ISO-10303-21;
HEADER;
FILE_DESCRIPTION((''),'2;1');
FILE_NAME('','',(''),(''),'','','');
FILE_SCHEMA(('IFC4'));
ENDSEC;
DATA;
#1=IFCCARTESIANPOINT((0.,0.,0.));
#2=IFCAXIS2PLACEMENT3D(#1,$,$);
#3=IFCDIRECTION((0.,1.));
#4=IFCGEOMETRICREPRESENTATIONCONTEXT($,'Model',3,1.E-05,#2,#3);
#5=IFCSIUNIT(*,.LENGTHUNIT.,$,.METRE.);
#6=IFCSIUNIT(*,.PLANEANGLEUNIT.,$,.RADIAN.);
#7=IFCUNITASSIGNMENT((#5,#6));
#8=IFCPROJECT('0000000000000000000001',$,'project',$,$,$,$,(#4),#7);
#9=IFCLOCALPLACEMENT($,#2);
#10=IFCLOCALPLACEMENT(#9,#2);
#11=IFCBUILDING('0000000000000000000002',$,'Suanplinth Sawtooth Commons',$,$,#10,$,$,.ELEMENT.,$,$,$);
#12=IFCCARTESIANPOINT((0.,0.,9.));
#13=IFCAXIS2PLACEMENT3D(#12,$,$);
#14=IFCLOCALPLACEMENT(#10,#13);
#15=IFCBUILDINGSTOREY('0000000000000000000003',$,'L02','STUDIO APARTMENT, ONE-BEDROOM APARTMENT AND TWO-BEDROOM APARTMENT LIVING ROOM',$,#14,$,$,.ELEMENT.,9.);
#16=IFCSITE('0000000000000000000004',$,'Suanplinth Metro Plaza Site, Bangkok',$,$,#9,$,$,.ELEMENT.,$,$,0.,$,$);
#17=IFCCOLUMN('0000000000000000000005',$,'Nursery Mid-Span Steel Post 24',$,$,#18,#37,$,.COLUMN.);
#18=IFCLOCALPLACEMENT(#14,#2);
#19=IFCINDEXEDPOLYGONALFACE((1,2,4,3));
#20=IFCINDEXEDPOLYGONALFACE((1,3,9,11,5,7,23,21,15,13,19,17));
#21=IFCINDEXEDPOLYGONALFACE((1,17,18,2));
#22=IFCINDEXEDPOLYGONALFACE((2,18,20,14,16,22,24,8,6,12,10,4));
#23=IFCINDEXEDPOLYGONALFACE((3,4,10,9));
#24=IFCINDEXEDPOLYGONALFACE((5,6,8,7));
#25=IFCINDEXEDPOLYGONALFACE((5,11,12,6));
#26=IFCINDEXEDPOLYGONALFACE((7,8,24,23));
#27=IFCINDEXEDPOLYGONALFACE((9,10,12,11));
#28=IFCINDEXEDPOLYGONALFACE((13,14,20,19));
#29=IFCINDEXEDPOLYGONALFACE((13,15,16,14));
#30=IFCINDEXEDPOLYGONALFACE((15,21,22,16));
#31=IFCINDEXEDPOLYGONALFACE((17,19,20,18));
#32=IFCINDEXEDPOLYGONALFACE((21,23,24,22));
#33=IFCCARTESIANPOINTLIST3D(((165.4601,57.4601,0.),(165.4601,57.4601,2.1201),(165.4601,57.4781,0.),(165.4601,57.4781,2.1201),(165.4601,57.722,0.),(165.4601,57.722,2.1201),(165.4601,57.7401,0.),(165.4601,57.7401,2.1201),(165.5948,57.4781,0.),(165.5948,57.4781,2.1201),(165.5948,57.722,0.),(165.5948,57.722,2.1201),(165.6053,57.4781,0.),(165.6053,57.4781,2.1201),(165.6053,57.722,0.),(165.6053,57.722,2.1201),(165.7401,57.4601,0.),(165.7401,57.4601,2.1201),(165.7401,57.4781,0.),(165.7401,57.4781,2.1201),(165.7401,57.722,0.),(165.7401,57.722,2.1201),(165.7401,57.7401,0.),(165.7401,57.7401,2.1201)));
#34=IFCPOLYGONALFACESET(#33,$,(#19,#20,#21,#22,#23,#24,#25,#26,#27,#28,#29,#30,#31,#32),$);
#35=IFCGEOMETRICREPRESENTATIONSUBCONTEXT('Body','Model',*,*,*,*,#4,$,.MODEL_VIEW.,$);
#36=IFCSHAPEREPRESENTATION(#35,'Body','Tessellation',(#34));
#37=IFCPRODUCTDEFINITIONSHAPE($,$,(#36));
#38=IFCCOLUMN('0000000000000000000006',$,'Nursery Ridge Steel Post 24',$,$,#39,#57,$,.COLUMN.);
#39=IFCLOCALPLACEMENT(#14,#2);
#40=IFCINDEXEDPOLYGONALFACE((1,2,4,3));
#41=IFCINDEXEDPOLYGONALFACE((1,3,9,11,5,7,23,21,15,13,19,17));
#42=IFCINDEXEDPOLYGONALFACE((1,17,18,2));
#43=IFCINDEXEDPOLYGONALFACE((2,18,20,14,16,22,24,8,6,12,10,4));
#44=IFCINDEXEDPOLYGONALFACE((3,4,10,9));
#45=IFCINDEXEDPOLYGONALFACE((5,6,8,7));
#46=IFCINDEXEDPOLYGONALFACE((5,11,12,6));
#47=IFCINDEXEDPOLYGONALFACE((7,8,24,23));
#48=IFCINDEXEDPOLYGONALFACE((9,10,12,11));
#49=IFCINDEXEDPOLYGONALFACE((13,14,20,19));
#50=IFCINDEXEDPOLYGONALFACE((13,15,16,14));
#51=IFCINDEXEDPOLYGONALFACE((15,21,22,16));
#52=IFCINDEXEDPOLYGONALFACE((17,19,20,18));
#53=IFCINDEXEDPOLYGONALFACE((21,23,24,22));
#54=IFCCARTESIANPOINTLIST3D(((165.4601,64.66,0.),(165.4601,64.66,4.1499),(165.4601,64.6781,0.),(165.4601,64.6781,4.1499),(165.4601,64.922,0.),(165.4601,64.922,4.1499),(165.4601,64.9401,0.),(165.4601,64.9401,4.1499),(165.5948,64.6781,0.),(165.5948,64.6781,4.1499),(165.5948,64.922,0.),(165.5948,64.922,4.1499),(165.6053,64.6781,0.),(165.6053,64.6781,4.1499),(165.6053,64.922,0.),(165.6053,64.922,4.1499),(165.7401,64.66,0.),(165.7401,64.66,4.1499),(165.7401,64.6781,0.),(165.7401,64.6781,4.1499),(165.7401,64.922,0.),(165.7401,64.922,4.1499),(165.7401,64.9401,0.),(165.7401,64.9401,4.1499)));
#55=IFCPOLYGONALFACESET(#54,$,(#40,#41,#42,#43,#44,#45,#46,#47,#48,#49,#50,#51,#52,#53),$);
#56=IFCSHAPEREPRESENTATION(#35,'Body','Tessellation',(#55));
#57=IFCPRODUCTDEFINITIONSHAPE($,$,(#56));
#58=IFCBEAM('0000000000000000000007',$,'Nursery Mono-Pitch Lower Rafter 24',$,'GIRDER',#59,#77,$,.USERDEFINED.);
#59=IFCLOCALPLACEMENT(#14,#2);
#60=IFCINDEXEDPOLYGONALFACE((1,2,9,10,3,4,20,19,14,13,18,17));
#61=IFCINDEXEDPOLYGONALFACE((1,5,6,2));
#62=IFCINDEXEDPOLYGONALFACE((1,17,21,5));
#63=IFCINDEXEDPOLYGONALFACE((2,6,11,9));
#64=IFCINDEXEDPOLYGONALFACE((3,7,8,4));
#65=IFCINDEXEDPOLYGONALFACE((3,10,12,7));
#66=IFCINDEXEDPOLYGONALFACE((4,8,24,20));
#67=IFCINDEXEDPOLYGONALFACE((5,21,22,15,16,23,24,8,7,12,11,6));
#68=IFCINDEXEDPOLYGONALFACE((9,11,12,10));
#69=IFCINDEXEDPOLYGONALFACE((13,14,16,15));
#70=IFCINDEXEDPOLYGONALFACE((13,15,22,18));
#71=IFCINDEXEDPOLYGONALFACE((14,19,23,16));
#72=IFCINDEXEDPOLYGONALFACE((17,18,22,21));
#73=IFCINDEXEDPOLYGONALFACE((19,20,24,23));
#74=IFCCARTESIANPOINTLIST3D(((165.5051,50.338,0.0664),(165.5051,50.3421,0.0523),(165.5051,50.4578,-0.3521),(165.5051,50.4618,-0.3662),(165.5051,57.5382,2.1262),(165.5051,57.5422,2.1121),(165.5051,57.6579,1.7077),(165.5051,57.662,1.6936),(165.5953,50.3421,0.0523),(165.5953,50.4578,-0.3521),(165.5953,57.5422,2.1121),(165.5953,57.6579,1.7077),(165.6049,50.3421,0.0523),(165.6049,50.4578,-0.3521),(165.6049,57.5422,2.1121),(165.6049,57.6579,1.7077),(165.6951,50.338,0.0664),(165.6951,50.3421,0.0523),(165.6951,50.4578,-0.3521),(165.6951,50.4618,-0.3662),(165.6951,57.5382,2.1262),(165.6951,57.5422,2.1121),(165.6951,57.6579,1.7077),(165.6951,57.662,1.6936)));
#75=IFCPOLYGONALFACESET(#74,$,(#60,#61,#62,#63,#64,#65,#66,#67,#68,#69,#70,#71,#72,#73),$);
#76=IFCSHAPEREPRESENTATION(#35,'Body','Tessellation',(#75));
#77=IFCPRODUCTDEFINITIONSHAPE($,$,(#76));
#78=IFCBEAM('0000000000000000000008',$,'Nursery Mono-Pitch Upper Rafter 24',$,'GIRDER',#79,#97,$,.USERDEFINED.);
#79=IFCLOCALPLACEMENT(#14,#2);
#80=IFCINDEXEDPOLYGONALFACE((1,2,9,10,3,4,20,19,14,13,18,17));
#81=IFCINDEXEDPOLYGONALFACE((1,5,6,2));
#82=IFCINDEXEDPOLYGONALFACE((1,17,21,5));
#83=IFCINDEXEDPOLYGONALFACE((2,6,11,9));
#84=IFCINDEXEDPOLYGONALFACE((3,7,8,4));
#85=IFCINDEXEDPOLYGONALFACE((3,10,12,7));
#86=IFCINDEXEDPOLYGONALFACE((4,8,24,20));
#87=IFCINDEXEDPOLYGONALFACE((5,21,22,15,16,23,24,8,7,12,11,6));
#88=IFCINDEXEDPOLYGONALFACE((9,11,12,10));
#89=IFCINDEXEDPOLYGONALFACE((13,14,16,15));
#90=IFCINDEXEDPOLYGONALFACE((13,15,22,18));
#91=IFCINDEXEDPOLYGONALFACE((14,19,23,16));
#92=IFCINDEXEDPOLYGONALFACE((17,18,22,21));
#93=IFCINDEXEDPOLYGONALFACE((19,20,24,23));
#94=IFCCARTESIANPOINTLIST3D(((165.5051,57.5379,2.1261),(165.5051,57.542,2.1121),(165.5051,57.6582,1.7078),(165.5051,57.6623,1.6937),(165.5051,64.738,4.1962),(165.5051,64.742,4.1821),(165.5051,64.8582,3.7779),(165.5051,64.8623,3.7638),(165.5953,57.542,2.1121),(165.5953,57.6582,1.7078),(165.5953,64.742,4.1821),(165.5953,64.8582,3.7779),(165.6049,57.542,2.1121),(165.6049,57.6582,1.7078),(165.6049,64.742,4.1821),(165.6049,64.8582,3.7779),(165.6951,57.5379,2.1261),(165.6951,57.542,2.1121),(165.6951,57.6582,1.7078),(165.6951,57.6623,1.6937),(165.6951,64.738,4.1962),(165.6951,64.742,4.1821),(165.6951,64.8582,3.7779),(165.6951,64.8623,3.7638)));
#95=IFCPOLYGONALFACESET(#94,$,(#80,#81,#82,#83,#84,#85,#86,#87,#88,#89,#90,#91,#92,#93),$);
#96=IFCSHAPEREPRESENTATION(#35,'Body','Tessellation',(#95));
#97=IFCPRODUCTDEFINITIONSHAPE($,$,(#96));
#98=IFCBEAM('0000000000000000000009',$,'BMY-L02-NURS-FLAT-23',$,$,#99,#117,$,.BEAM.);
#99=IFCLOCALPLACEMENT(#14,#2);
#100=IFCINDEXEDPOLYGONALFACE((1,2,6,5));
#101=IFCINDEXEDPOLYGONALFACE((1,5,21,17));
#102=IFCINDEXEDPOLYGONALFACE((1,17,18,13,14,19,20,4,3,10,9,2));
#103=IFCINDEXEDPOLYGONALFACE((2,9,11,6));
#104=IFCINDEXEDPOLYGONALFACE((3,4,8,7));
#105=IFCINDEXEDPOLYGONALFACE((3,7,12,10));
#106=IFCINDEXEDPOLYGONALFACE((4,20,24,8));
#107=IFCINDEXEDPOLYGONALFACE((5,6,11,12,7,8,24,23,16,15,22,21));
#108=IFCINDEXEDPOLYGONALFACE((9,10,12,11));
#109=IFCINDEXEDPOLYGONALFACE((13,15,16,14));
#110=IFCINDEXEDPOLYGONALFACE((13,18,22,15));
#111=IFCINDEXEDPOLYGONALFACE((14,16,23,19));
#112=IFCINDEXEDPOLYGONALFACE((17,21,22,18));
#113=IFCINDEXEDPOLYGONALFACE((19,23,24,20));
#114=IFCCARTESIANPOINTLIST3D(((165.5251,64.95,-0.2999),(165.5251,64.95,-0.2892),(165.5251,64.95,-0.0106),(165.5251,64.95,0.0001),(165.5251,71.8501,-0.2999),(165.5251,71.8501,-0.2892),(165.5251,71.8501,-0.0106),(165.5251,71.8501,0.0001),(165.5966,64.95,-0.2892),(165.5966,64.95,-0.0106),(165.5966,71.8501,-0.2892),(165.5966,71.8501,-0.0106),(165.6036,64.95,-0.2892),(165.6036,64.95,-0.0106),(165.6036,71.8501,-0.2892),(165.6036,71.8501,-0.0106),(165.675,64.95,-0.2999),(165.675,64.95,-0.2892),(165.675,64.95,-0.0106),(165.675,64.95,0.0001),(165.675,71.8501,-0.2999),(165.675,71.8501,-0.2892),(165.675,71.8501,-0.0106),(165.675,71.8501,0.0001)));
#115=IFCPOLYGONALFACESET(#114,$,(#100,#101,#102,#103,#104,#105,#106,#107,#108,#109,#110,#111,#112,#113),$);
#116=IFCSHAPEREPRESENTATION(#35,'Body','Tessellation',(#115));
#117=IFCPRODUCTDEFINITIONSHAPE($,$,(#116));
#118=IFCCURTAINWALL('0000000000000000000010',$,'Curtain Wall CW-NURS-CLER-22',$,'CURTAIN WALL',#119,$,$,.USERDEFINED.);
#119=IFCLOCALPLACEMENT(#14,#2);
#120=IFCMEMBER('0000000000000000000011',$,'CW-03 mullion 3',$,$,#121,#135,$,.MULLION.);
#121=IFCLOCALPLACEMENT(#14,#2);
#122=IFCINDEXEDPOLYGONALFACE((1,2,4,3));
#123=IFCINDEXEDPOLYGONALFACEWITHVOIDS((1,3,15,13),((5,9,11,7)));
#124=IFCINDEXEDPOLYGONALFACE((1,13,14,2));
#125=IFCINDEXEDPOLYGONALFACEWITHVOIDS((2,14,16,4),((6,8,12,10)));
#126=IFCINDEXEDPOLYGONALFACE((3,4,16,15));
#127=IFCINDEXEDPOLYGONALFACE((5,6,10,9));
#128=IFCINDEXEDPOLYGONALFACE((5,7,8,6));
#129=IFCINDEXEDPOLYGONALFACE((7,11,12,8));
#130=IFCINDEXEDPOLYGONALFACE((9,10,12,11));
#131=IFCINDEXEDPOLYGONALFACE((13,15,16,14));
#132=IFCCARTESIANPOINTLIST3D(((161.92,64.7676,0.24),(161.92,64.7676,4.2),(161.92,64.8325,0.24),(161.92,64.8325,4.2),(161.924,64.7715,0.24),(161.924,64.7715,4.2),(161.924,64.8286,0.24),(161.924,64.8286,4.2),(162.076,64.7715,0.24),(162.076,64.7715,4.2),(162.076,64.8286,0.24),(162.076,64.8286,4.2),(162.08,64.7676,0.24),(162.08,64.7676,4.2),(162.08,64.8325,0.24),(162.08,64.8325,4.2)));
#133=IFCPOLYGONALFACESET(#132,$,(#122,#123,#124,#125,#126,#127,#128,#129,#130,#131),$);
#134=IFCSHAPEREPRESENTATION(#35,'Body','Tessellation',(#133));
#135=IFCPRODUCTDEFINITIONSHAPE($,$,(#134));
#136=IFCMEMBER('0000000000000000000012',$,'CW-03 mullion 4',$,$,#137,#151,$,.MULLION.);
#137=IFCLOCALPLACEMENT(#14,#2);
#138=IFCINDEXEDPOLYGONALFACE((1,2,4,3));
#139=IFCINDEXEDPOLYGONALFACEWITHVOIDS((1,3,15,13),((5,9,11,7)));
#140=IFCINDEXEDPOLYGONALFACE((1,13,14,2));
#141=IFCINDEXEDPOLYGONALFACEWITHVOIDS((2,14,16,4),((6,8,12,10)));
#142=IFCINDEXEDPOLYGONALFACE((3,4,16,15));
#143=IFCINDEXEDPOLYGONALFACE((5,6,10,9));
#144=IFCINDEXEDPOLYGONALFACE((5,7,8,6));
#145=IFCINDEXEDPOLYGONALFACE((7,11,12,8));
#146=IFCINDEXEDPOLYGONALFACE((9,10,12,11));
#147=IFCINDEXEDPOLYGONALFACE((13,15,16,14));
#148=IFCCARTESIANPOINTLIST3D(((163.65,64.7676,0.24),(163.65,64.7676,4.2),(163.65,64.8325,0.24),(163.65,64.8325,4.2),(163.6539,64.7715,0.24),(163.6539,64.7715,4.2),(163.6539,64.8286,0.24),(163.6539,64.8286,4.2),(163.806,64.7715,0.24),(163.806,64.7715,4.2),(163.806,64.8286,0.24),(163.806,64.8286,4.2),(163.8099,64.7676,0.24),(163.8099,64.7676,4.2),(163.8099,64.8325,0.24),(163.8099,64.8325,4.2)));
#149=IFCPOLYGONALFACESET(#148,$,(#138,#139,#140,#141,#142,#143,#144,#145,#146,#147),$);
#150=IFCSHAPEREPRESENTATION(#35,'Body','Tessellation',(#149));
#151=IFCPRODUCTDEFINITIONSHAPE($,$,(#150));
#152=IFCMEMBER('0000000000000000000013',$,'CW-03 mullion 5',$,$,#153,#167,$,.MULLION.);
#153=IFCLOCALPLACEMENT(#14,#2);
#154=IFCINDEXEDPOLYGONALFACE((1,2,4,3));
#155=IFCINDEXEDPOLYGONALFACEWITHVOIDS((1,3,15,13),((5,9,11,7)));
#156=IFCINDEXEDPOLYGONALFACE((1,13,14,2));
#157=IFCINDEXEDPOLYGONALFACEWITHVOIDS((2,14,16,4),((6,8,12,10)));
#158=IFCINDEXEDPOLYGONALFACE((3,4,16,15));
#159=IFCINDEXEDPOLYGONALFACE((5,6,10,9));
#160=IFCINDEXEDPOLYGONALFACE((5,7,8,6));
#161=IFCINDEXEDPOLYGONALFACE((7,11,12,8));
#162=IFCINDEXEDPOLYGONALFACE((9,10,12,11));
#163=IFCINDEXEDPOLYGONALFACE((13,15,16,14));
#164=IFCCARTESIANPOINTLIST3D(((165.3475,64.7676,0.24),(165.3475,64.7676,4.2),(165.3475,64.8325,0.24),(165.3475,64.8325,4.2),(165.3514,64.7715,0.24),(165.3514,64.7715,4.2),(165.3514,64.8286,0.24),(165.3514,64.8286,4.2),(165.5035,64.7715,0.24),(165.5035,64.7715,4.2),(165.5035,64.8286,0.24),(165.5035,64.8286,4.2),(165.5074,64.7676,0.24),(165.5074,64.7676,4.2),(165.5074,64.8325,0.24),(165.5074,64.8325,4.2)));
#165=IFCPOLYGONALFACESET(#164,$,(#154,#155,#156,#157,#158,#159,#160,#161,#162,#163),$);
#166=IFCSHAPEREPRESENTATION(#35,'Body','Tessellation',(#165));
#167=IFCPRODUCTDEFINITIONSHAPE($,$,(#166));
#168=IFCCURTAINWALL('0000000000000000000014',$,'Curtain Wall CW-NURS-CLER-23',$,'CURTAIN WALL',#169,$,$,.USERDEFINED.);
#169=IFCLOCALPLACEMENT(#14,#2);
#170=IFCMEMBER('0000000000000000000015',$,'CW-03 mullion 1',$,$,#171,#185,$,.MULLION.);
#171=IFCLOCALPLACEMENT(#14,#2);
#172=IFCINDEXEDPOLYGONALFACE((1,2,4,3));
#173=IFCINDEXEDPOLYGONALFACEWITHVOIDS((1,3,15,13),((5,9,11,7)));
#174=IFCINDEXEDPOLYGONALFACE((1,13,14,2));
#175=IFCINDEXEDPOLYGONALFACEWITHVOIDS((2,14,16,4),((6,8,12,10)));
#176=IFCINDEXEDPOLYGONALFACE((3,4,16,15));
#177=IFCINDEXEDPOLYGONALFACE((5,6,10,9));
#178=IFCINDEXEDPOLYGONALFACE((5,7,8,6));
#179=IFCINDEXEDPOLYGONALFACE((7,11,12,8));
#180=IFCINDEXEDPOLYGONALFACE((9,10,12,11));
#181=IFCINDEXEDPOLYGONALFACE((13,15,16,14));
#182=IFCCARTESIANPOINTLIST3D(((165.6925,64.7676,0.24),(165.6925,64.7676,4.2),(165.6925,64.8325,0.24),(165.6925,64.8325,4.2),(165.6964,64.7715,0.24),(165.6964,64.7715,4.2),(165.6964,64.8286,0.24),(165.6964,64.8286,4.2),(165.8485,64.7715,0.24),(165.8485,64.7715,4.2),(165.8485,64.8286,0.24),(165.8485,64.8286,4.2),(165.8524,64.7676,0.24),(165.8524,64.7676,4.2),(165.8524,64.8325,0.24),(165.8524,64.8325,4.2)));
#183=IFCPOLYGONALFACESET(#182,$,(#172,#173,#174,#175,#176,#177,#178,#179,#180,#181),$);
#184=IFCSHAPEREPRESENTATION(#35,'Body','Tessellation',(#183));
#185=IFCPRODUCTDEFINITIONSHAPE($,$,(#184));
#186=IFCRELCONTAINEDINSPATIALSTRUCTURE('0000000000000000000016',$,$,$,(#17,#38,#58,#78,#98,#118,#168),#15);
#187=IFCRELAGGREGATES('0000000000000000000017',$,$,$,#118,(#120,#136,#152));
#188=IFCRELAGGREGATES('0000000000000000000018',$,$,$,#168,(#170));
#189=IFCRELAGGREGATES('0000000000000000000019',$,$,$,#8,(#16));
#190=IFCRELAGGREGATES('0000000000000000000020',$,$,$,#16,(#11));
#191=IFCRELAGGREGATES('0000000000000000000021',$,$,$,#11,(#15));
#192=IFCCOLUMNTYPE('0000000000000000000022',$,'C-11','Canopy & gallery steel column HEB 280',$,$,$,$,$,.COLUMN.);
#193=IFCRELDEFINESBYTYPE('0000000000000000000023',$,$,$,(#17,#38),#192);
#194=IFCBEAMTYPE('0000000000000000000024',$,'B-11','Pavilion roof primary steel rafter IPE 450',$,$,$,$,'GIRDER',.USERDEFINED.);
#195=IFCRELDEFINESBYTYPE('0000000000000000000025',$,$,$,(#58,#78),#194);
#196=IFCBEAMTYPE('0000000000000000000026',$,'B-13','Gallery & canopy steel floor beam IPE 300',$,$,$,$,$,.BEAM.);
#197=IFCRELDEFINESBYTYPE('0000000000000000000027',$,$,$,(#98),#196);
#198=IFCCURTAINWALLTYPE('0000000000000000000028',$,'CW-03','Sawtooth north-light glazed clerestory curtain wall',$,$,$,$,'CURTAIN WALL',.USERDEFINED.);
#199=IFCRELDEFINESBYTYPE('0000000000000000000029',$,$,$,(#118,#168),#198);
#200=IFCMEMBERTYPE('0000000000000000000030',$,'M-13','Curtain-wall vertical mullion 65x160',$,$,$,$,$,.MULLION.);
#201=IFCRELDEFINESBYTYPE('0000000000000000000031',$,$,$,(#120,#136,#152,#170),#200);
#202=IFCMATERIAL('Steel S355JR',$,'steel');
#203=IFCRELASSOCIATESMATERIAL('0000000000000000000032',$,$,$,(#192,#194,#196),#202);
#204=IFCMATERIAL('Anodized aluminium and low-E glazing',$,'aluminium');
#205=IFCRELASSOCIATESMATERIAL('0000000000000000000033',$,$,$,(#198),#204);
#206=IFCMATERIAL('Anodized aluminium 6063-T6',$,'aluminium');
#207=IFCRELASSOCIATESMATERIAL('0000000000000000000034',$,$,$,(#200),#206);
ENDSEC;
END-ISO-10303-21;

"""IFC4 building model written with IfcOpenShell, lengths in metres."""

from ifc_helpers import new_model, si_unit, direction, frame, origin, origin_2d, place, context, subcontext, project, spatial, hollow_rectangle, i_section, extrude, material, material_profile, profile_set, type_object, element, aggregate, save


model = new_model("IFC4")

# Units and contexts
model_context = context("Model", 3, precision=1e-05, world=origin(), true_north=direction((0.0, 1.0)))
body_context = subcontext(model_context, "Body", "Model", "MODEL_VIEW")
ifc_project = project(units=[si_unit("LENGTHUNIT", "METRE"), si_unit("PLANEANGLEUNIT", "RADIAN")], contexts=[model_context])

# Site, building, storey
site_placement = place(None, origin())
site = spatial("IfcSite", under=ifc_project, at=site_placement, Name="Suanplinth Metro Plaza Site, Bangkok", CompositionType="ELEMENT", RefElevation=0.0)
building_placement = place(site_placement, origin())
building = spatial("IfcBuilding", under=site, at=building_placement, Name="Suanplinth Sawtooth Commons", CompositionType="ELEMENT")
storey_placement = place(building_placement, frame((0.0, 0.0, 9.0)))
storey = spatial("IfcBuildingStorey", under=building, at=storey_placement, Name="L02", Description="STUDIO APARTMENT, ONE-BEDROOM APARTMENT AND TWO-BEDROOM APARTMENT LIVING ROOM", CompositionType="ELEMENT", Elevation=9.0)

# Columns
ifc_material_1 = material(Name="Steel S355JR", Category="steel")
ifc_material_profile_1 = material_profile(ifc_material_1, i_section(OverallWidth=0.28, OverallDepth=0.28, WebThickness=0.0105, FlangeThickness=0.0181, at=origin_2d()), Name="HEB 280")
ifc_profile_set_1 = profile_set([ifc_material_profile_1], Name="Steel S355JR")
column_type = type_object("IfcColumnType", Name="C-11", Description="Canopy & gallery steel column HEB 280", PredefinedType="COLUMN", material=ifc_profile_set_1)
column_1_placement = place(storey_placement, frame((165.6001, 57.6001, 0.0), z_axis=(0.0, 0.0, 1.0), x_axis=(1.0, 0.0, 0.0)))
element("IfcColumn", 1, at=column_1_placement, inside=storey, type_object=column_type, Name="Nursery Mid-Span Steel Post 24", PredefinedType="COLUMN", context=body_context, shape_type="SweptSolid", body=[
    extrude(i_section(OverallWidth=0.28, OverallDepth=0.28, WebThickness=0.0105, FlangeThickness=0.0181, at=origin_2d()), origin(), (0.0, 0.0, 1.0), 2.1201),
])
column_2_placement = place(storey_placement, frame((165.6001, 64.8, 0.0), z_axis=(0.0, 0.0, 1.0), x_axis=(1.0, 0.0, 0.0)))
element("IfcColumn", 2, at=column_2_placement, inside=storey, type_object=column_type, Name="Nursery Ridge Steel Post 24", PredefinedType="COLUMN", context=body_context, shape_type="SweptSolid", body=[
    extrude(i_section(OverallWidth=0.28, OverallDepth=0.28, WebThickness=0.0105, FlangeThickness=0.0181, at=origin_2d()), origin(), (0.0, 0.0, 1.0), 4.1499),
])

# Beams
ifc_material_profile_2 = material_profile(ifc_material_1, i_section(OverallWidth=0.1899, OverallDepth=0.45, WebThickness=0.0095, FlangeThickness=0.0146, at=origin_2d()), Name="IPE 450")
ifc_profile_set_2 = profile_set([ifc_material_profile_2], Name="Steel S355JR")
beam_type_1 = type_object("IfcBeamType", Name="B-11", Description="Pavilion roof primary steel rafter IPE 450", ElementType="GIRDER", PredefinedType="USERDEFINED", material=ifc_profile_set_2)
beam_1_placement = place(storey_placement, frame((165.6001, 50.3999, -0.1499), z_axis=(0.0, 0.961432, 0.275044), x_axis=(-1.0, 0.0, 0.0)))
element("IfcBeam", 3, at=beam_1_placement, inside=storey, type_object=beam_type_1, Name="Nursery Mono-Pitch Lower Rafter 24", ObjectType="GIRDER", PredefinedType="USERDEFINED", context=body_context, shape_type="SweptSolid", body=[
    extrude(i_section(OverallWidth=0.1899, OverallDepth=0.45, WebThickness=0.0095, FlangeThickness=0.0146, at=origin_2d()), origin(), (0.0, 0.0, 1.0), 7.489),
])
beam_2_placement = place(storey_placement, frame((165.6001, 57.6001, 1.9099), z_axis=(0.0, 0.961066, 0.276318), x_axis=(-1.0, 0.0, 0.0)))
element("IfcBeam", 4, at=beam_2_placement, inside=storey, type_object=beam_type_1, Name="Nursery Mono-Pitch Upper Rafter 24", ObjectType="GIRDER", PredefinedType="USERDEFINED", context=body_context, shape_type="SweptSolid", body=[
    extrude(i_section(OverallWidth=0.1899, OverallDepth=0.45, WebThickness=0.0095, FlangeThickness=0.0146, at=origin_2d()), origin(), (0.0, 0.0, 1.0), 7.4917),
])
ifc_material_profile_3 = material_profile(ifc_material_1, i_section(OverallWidth=0.1499, OverallDepth=0.3, WebThickness=0.0071, FlangeThickness=0.0107, at=origin_2d()), Name="IPE 300")
ifc_profile_set_3 = profile_set([ifc_material_profile_3], Name="Steel S355JR")
beam_type_2 = type_object("IfcBeamType", Name="B-13", Description="Gallery & canopy steel floor beam IPE 300", PredefinedType="BEAM", material=ifc_profile_set_3)
beam_3_placement = place(storey_placement, frame((165.6001, 64.95, -0.1499), z_axis=(0.0, 1.0, 0.0), x_axis=(-1.0, 0.0, 0.0)))
element("IfcBeam", 5, at=beam_3_placement, inside=storey, type_object=beam_type_2, Name="BMY-L02-NURS-FLAT-23", PredefinedType="BEAM", context=body_context, shape_type="SweptSolid", body=[
    extrude(i_section(OverallWidth=0.1499, OverallDepth=0.3, WebThickness=0.0071, FlangeThickness=0.0107, at=origin_2d()), origin(), (0.0, 0.0, 1.0), 6.9001),
])

# Curtain walls, members
ifc_material_2 = material(Name="Anodized aluminium and low-E glazing", Category="aluminium")
curtain_wall_type = type_object("IfcCurtainWallType", Name="CW-03", Description="Sawtooth north-light glazed clerestory curtain wall", ElementType="CURTAIN WALL", PredefinedType="USERDEFINED", material=ifc_material_2)
curtain_wall_1_placement = place(storey_placement, origin())
curtain_wall_1 = element("IfcCurtainWall", 6, at=curtain_wall_1_placement, inside=storey, type_object=curtain_wall_type, Name="Curtain Wall CW-NURS-CLER-22", ObjectType="CURTAIN WALL", PredefinedType="USERDEFINED")
ifc_material_3 = material(Name="Anodized aluminium 6063-T6", Category="aluminium")
ifc_material_profile_4 = material_profile(ifc_material_3, hollow_rectangle(XDim=0.0649, YDim=0.1599, WallThickness=0.0039, at=origin_2d()), Name="ALU-MUL 65x160")
ifc_profile_set_4 = profile_set([ifc_material_profile_4], Name="Anodized aluminium 6063-T6")
member_type_1 = type_object("IfcMemberType", Name="M-13", Description="Curtain-wall vertical mullion 65x160", PredefinedType="MULLION", material=ifc_profile_set_4)
member_1_placement = place(storey_placement, frame((162.0, 64.8, 0.24), z_axis=(0.0, 0.0, 1.0), x_axis=(0.0, 1.0, 0.0)))
member_1 = element("IfcMember", 7, at=member_1_placement, type_object=member_type_1, Name="CW-03 mullion 3", PredefinedType="MULLION", context=body_context, shape_type="SweptSolid", body=[
    extrude(hollow_rectangle(XDim=0.0649, YDim=0.1599, WallThickness=0.0039, at=origin_2d()), origin(), (0.0, 0.0, 1.0), 3.96),
])
member_2_placement = place(storey_placement, frame((163.73, 64.8, 0.24), z_axis=(0.0, 0.0, 1.0), x_axis=(0.0, 1.0, 0.0)))
member_2 = element("IfcMember", 8, at=member_2_placement, type_object=member_type_1, Name="CW-03 mullion 4", PredefinedType="MULLION", context=body_context, shape_type="SweptSolid", body=[
    extrude(hollow_rectangle(XDim=0.0649, YDim=0.1599, WallThickness=0.0039, at=origin_2d()), origin(), (0.0, 0.0, 1.0), 3.96),
])
member_3_placement = place(storey_placement, frame((165.4275, 64.8, 0.24), z_axis=(0.0, 0.0, 1.0), x_axis=(0.0, 1.0, 0.0)))
member_3 = element("IfcMember", 9, at=member_3_placement, type_object=member_type_1, Name="CW-03 mullion 5", PredefinedType="MULLION", context=body_context, shape_type="SweptSolid", body=[
    extrude(hollow_rectangle(XDim=0.0649, YDim=0.1599, WallThickness=0.0039, at=origin_2d()), origin(), (0.0, 0.0, 1.0), 3.96),
])
curtain_wall_2_placement = place(storey_placement, origin())
curtain_wall_2 = element("IfcCurtainWall", 10, at=curtain_wall_2_placement, inside=storey, type_object=curtain_wall_type, Name="Curtain Wall CW-NURS-CLER-23", ObjectType="CURTAIN WALL", PredefinedType="USERDEFINED")
member_4_placement = place(storey_placement, frame((165.7725, 64.8, 0.24), z_axis=(0.0, 0.0, 1.0), x_axis=(0.0, 1.0, 0.0)))
member_4 = element("IfcMember", 11, at=member_4_placement, type_object=member_type_1, Name="CW-03 mullion 1", PredefinedType="MULLION", context=body_context, shape_type="SweptSolid", body=[
    extrude(hollow_rectangle(XDim=0.0649, YDim=0.1599, WallThickness=0.0039, at=origin_2d()), origin(), (0.0, 0.0, 1.0), 3.96),
])

aggregate(curtain_wall_1, [member_1, member_2, member_3])
aggregate(curtain_wall_2, [member_4])

save(model, "model.ifc")
